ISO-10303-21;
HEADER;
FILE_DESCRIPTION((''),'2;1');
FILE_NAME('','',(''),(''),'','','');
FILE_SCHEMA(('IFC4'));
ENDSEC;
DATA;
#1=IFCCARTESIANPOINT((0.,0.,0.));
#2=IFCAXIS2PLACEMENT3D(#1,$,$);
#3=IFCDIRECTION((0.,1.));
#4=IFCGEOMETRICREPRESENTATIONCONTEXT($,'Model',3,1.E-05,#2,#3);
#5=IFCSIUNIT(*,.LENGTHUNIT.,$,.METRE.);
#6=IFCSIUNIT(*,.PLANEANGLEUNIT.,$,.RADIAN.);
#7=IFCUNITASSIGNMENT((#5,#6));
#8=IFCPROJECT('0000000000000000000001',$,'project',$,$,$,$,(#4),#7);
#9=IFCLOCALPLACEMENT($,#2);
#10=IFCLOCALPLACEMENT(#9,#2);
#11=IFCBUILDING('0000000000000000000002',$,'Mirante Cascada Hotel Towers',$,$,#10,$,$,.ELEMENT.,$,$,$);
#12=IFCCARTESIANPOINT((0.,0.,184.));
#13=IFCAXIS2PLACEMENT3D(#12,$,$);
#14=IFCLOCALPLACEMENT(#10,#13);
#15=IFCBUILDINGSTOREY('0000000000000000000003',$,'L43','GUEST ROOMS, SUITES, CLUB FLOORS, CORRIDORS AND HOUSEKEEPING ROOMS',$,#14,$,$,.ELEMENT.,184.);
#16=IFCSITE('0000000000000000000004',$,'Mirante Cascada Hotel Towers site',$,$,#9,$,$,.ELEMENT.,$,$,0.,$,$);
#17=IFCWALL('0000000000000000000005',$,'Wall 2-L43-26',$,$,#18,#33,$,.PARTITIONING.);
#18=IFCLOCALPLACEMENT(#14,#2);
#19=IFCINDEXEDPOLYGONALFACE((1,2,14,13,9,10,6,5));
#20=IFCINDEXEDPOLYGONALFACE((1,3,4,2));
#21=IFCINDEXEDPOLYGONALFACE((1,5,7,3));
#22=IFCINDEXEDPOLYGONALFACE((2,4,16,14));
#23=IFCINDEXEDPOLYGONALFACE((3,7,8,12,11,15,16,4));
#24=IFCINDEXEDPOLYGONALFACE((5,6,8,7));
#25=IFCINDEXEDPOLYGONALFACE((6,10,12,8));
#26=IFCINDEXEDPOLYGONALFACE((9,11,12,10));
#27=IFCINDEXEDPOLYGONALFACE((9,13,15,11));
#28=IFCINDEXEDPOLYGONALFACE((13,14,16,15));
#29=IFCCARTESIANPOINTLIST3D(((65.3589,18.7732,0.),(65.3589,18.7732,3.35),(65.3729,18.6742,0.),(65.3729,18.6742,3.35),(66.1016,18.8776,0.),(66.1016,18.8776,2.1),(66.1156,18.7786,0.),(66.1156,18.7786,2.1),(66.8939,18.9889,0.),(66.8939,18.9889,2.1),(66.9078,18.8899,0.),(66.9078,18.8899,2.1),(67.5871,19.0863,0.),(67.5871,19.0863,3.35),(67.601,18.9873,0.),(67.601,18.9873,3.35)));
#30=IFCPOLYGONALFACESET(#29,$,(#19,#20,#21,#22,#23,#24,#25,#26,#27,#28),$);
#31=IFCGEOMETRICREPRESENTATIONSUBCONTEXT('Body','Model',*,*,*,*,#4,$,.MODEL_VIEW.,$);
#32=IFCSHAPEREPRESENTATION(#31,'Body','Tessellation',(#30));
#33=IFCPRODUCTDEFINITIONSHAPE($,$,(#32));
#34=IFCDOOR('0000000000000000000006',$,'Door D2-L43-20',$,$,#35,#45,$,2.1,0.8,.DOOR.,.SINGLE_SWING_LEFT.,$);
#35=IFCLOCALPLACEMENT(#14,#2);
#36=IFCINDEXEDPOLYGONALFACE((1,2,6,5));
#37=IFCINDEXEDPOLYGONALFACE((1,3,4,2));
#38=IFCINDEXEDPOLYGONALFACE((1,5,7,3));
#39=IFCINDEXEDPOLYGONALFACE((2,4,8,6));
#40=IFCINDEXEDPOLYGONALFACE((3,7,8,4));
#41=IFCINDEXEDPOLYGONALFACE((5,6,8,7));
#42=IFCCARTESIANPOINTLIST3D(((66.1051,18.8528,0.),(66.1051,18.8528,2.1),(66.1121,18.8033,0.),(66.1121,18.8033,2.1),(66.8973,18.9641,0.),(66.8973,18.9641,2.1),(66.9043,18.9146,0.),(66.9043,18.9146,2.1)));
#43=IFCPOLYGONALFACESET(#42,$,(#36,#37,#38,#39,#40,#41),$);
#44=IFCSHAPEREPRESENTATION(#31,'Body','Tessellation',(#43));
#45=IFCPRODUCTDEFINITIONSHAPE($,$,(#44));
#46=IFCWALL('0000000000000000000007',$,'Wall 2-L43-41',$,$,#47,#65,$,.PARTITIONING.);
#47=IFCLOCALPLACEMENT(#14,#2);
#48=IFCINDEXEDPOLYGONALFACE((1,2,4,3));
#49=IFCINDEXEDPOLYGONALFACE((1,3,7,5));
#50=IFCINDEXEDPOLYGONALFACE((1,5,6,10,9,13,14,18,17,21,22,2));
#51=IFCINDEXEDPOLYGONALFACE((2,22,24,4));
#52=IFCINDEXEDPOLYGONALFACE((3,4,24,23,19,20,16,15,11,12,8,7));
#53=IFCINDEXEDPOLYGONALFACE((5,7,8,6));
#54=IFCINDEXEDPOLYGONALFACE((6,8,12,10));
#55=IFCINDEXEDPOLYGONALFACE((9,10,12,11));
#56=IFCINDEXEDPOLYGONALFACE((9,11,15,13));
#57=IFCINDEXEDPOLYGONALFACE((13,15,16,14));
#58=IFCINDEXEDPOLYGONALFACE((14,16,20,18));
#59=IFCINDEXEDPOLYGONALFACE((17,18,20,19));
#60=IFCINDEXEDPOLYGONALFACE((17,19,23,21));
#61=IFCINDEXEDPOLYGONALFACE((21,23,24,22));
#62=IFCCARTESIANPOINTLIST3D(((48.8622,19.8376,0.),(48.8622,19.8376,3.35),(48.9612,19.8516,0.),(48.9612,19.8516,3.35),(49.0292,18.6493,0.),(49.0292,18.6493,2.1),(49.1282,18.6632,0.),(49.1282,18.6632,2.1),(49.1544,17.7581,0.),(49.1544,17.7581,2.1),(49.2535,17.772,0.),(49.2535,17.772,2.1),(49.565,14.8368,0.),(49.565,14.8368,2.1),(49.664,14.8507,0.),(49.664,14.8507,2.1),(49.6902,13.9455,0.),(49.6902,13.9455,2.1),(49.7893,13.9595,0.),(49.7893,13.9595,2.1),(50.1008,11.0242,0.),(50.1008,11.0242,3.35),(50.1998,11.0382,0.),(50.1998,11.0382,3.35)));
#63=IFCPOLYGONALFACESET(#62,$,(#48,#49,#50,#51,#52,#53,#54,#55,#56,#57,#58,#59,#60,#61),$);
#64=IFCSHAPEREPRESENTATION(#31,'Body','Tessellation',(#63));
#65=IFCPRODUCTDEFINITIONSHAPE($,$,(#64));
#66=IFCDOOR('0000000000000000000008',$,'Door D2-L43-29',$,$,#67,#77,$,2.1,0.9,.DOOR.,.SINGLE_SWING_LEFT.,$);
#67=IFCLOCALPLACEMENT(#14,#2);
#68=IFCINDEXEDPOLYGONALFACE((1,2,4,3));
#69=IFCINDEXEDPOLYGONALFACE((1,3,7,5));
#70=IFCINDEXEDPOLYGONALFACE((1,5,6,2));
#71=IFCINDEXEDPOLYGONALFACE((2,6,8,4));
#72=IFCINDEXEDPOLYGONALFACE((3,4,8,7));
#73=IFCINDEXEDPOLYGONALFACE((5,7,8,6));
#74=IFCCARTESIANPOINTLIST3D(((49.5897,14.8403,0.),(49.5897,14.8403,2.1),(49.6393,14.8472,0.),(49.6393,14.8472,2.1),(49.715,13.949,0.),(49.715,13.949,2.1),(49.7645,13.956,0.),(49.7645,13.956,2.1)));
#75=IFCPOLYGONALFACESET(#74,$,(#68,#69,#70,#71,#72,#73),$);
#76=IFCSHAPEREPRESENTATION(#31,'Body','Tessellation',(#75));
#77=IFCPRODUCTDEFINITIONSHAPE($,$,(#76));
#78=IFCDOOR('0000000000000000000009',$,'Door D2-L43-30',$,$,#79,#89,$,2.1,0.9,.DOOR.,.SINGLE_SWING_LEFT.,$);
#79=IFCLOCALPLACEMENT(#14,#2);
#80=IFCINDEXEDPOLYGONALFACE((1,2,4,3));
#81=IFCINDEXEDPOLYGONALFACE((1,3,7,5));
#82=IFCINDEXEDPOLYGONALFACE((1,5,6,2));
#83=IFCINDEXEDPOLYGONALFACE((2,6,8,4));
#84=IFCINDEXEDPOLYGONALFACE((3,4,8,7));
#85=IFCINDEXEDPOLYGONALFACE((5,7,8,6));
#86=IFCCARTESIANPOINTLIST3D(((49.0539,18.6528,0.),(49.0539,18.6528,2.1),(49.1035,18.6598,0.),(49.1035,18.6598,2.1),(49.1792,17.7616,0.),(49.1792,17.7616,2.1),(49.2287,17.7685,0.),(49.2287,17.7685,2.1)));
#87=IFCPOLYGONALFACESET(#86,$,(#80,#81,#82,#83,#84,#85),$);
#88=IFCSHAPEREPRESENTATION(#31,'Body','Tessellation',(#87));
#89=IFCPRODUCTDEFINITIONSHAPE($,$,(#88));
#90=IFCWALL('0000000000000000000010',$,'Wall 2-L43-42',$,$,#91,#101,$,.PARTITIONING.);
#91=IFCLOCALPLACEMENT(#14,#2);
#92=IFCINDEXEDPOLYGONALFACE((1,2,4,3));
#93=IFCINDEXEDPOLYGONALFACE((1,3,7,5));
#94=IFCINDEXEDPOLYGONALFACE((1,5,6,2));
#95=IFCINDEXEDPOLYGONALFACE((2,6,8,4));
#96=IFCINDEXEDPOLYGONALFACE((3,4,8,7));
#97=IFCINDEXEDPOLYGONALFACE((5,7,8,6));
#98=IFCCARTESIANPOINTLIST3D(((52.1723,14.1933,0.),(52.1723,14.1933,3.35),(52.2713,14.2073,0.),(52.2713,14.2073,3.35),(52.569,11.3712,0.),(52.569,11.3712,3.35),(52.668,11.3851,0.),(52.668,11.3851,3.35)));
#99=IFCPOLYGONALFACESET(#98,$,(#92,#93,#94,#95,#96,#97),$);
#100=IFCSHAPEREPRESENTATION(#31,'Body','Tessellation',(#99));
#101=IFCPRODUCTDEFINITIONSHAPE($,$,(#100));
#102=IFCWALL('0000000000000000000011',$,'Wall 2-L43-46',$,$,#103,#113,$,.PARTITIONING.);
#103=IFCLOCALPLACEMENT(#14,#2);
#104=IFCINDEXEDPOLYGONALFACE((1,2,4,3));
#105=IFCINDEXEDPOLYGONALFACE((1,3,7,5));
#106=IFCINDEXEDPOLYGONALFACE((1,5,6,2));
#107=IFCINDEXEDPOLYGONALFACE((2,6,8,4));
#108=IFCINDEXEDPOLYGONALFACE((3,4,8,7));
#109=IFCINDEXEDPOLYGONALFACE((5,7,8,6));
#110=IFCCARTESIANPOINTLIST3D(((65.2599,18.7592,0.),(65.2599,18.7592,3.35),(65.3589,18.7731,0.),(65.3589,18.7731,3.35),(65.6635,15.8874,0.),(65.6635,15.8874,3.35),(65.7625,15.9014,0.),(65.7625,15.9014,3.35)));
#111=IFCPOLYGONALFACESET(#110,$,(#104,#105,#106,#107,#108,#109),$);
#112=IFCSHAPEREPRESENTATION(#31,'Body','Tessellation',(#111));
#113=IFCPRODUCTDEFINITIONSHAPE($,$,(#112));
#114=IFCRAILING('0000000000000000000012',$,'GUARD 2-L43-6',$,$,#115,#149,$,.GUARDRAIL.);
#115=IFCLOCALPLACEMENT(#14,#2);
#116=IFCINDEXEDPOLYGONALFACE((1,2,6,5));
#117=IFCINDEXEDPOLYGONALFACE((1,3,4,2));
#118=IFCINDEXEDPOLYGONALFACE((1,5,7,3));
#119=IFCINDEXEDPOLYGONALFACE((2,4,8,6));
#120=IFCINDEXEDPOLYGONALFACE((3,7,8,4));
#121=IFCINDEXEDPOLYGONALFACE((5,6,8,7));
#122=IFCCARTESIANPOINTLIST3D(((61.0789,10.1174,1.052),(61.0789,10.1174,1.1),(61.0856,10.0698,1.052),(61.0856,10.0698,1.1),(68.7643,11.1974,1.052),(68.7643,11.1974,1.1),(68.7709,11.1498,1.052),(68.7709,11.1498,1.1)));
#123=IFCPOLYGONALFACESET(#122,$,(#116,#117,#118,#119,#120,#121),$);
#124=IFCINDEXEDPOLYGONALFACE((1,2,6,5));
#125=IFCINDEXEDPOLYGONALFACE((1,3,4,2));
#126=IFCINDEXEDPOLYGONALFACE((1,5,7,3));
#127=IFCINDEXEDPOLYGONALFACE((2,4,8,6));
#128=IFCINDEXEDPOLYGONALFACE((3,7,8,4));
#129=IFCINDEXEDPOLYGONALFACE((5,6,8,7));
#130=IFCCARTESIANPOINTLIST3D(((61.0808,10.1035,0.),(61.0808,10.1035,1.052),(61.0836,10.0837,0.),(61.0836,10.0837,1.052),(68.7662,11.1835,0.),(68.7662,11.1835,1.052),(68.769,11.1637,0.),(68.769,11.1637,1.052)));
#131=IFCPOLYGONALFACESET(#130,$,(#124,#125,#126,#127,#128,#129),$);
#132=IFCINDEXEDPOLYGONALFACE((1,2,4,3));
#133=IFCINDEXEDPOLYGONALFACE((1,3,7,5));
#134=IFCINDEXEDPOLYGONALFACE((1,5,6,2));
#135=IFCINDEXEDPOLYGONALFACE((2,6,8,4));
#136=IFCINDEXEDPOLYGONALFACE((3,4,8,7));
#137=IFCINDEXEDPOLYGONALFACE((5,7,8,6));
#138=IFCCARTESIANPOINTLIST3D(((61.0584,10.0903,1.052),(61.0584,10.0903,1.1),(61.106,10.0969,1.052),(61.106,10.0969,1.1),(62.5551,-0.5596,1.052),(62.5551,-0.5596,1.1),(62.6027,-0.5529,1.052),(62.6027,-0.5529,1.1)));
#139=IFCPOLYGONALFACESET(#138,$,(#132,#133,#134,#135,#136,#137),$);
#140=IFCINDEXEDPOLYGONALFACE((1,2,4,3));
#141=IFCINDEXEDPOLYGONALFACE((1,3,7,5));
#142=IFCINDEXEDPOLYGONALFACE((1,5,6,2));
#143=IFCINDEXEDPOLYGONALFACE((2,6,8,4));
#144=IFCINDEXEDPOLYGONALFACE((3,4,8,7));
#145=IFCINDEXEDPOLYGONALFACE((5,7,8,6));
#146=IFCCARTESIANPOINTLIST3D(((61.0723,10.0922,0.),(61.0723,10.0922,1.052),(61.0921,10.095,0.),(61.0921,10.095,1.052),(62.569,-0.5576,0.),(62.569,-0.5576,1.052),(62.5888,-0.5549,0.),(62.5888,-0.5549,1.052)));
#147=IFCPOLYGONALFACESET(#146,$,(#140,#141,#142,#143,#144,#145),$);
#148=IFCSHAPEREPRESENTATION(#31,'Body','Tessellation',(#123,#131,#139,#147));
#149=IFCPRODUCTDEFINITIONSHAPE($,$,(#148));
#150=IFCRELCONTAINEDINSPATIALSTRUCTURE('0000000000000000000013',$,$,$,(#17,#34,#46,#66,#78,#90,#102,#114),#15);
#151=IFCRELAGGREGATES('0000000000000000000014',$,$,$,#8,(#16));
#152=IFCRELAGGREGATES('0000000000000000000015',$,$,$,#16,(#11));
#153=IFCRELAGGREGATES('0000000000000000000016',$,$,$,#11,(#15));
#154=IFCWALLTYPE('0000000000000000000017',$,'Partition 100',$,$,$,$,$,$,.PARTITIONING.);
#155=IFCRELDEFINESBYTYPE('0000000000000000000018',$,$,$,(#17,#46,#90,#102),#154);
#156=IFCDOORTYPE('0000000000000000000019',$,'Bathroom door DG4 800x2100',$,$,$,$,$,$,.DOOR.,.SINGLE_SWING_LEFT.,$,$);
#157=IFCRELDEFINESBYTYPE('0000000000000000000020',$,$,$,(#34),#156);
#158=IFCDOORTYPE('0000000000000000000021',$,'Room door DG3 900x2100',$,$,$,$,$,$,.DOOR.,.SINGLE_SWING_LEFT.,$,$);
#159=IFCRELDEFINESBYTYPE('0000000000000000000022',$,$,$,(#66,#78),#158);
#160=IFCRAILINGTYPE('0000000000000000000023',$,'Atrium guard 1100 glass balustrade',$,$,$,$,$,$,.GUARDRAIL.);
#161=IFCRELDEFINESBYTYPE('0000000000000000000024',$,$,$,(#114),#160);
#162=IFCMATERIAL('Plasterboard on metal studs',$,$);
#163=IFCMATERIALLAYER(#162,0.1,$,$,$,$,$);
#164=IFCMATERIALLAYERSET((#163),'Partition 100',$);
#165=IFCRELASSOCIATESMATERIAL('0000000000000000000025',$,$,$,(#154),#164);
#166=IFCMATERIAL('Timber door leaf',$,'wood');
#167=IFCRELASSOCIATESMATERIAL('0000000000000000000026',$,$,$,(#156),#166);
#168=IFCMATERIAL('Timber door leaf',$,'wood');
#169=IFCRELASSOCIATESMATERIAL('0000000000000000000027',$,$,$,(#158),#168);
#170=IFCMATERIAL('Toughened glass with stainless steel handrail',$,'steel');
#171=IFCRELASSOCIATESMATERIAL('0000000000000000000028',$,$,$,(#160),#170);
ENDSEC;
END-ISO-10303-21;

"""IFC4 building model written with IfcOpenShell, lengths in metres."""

from ifc_helpers import new_model, si_unit, direction, frame, frame_2d, origin, origin_2d, place, context, subcontext, project, spatial, rectangle, extrude, material, layer, layer_set, type_object, element, fill, save


model = new_model("IFC4")

# Units and contexts
model_context = context("Model", 3, precision=1e-05, world=origin(), true_north=direction((0.0, 1.0)))
body_context = subcontext(model_context, "Body", "Model", "MODEL_VIEW")
ifc_project = project(units=[si_unit("LENGTHUNIT", "METRE"), si_unit("PLANEANGLEUNIT", "RADIAN")], contexts=[model_context])

# Site, building, storey
site_placement = place(None, origin())
site = spatial("IfcSite", under=ifc_project, at=site_placement, Name="Mirante Cascada Hotel Towers site", CompositionType="ELEMENT", RefElevation=0.0)
building_placement = place(site_placement, origin())
building = spatial("IfcBuilding", under=site, at=building_placement, Name="Mirante Cascada Hotel Towers", CompositionType="ELEMENT")
storey_placement = place(building_placement, frame((0.0, 0.0, 184.0)))
storey = spatial("IfcBuildingStorey", under=building, at=storey_placement, Name="L43", Description="GUEST ROOMS, SUITES, CLUB FLOORS, CORRIDORS AND HOUSEKEEPING ROOMS", CompositionType="ELEMENT", Elevation=184.0)

# Shared definitions
ifc_material_1 = material(Name="Plasterboard on metal studs")
ifc_layer_1 = layer(ifc_material_1, 0.1)
ifc_layer_set_1 = layer_set([ifc_layer_1], Name="Partition 100")
wall_type_1 = type_object("IfcWallType", Name="Partition 100", PredefinedType="PARTITIONING", material=ifc_layer_set_1)

# Shared definitions
ifc_material_2 = material(Name="Timber door leaf", Category="wood")
door_type_1 = type_object("IfcDoorType", Name="Bathroom door DG4 800x2100", OperationType="SINGLE_SWING_LEFT", PredefinedType="DOOR", material=ifc_material_2)

# Shared definitions
ifc_material_3 = material(Name="Timber door leaf", Category="wood")
door_type_2 = type_object("IfcDoorType", Name="Room door DG3 900x2100", OperationType="SINGLE_SWING_LEFT", PredefinedType="DOOR", material=ifc_material_3)

# Wall, opening, door
wall_1_placement = place(storey_placement, frame((65.3659, 18.7237, 0.0), z_axis=(0.0, 0.0, 1.0), x_axis=(0.990271, 0.139156, 0.0)))
wall_1 = element("IfcWall", 1, at=wall_1_placement, inside=storey, type_object=wall_type_1, Name="Wall 2-L43-26", PredefinedType="PARTITIONING", context=body_context, shape_type="SweptSolid", body=[
    extrude(rectangle(XDim=2.25, YDim=0.1, at=frame_2d((1.125, 0.0))), origin(), (0.0, 0.0, 1.0), 3.35),
])
opening_1_placement = place(wall_1_placement, frame((0.75, 0.0, 0.0)))
opening_1 = element("IfcOpeningElement", 2, at=opening_1_placement, cuts=wall_1, PredefinedType="OPENING", context=body_context, shape_type="SweptSolid", body=[
    extrude(rectangle(XDim=0.8, YDim=2.1, at=frame_2d((0.4, 1.05))), frame((0.0, 0.05, 0.0), z_axis=(0.0, -1.0, 0.0), x_axis=(1.0, 0.0, 0.0)), (0.0, 0.0, 1.0), 0.1),
])
door_1_placement = place(opening_1_placement, origin())
door_1 = element("IfcDoor", 3, at=door_1_placement, inside=storey, type_object=door_type_1, Name="Door D2-L43-20", OperationType="SINGLE_SWING_LEFT", OverallHeight=2.1, OverallWidth=0.8, PredefinedType="DOOR", context=body_context, shape_type="SweptSolid", body=[
    extrude(rectangle(XDim=0.8, YDim=2.1, at=frame_2d((0.4, 1.05))), frame((0.0, 0.025, 0.0), z_axis=(0.0, -1.0, 0.0), x_axis=(1.0, 0.0, 0.0)), (0.0, 0.0, 1.0), 0.05),
])
fill(opening_1, door_1)

# Wall, openings, doors
wall_2_placement = place(storey_placement, frame((48.9117, 19.8446, 0.0), z_axis=(0.0, 0.0, 1.0), x_axis=(0.139168, -0.990269, 0.0)))
wall_2 = element("IfcWall", 4, at=wall_2_placement, inside=storey, type_object=wall_type_1, Name="Wall 2-L43-41", PredefinedType="PARTITIONING", context=body_context, shape_type="SweptSolid", body=[
    extrude(rectangle(XDim=8.9, YDim=0.1, at=frame_2d((4.45, 0.0))), origin(), (0.0, 0.0, 1.0), 3.35),
])
opening_2_placement = place(wall_2_placement, frame((5.05, 0.0, 0.0)))
opening_2 = element("IfcOpeningElement", 5, at=opening_2_placement, cuts=wall_2, PredefinedType="OPENING", context=body_context, shape_type="SweptSolid", body=[
    extrude(rectangle(XDim=0.9, YDim=2.1, at=frame_2d((0.45, 1.05))), frame((0.0, 0.05, 0.0), z_axis=(0.0, -1.0, 0.0), x_axis=(1.0, 0.0, 0.0)), (0.0, 0.0, 1.0), 0.1),
])
opening_3_placement = place(wall_2_placement, frame((1.2, 0.0, 0.0)))
opening_3 = element("IfcOpeningElement", 6, at=opening_3_placement, cuts=wall_2, PredefinedType="OPENING", context=body_context, shape_type="SweptSolid", body=[
    extrude(rectangle(XDim=0.9, YDim=2.1, at=frame_2d((0.45, 1.05))), frame((0.0, 0.05, 0.0), z_axis=(0.0, -1.0, 0.0), x_axis=(1.0, 0.0, 0.0)), (0.0, 0.0, 1.0), 0.1),
])
door_2_placement = place(opening_2_placement, origin())
door_2 = element("IfcDoor", 7, at=door_2_placement, inside=storey, type_object=door_type_2, Name="Door D2-L43-29", OperationType="SINGLE_SWING_LEFT", OverallHeight=2.1, OverallWidth=0.9, PredefinedType="DOOR", context=body_context, shape_type="SweptSolid", body=[
    extrude(rectangle(XDim=0.9, YDim=2.1, at=frame_2d((0.45, 1.05))), frame((0.0, 0.025, 0.0), z_axis=(0.0, -1.0, 0.0), x_axis=(1.0, 0.0, 0.0)), (0.0, 0.0, 1.0), 0.05),
])
fill(opening_2, door_2)
door_3_placement = place(opening_3_placement, origin())
door_3 = element("IfcDoor", 8, at=door_3_placement, inside=storey, type_object=door_type_2, Name="Door D2-L43-30", OperationType="SINGLE_SWING_LEFT", OverallHeight=2.1, OverallWidth=0.9, PredefinedType="DOOR", context=body_context, shape_type="SweptSolid", body=[
    extrude(rectangle(XDim=0.9, YDim=2.1, at=frame_2d((0.45, 1.05))), frame((0.0, 0.025, 0.0), z_axis=(0.0, -1.0, 0.0), x_axis=(1.0, 0.0, 0.0)), (0.0, 0.0, 1.0), 0.05),
])
fill(opening_3, door_3)

# Walls
wall_3_placement = place(storey_placement, frame((52.6185, 11.3781, 0.0), z_axis=(0.0, 0.0, 1.0), x_axis=(-0.139196, 0.990265, 0.0)))
element("IfcWall", 9, at=wall_3_placement, inside=storey, type_object=wall_type_1, Name="Wall 2-L43-42", PredefinedType="PARTITIONING", context=body_context, shape_type="SweptSolid", body=[
    extrude(rectangle(XDim=2.8499, YDim=0.1, at=frame_2d((1.425, 0.0))), origin(), (0.0, 0.0, 1.0), 3.35),
])
wall_4_placement = place(storey_placement, frame((65.713, 15.8944, 0.0), z_axis=(0.0, 0.0, 1.0), x_axis=(-0.139171, 0.990268, 0.0)))
element("IfcWall", 10, at=wall_4_placement, inside=storey, type_object=wall_type_1, Name="Wall 2-L43-46", PredefinedType="PARTITIONING", context=body_context, shape_type="SweptSolid", body=[
    extrude(rectangle(XDim=2.9, YDim=0.1, at=frame_2d((1.45, 0.0))), origin(), (0.0, 0.0, 1.0), 3.35),
])

# Railing
ifc_material_4 = material(Name="Toughened glass with stainless steel handrail", Category="steel")
railing_type = type_object("IfcRailingType", Name="Atrium guard 1100 glass balustrade", PredefinedType="GUARDRAIL", material=ifc_material_4)
railing_placement = place(storey_placement, frame((68.7676, 11.1736, 0.0)))
element("IfcRailing", 11, at=railing_placement, inside=storey, type_object=railing_type, Name="GUARD 2-L43-6", PredefinedType="GUARDRAIL", context=body_context, shape_type="SweptSolid", body=[
    extrude(rectangle(XDim=0.048, YDim=0.048, at=origin_2d()), frame((0.0, 0.0, 1.076), z_axis=(-0.99027, -0.139159, 0.0), x_axis=(0.139159, -0.99027, 0.0)), (0.0, 0.0, 1.0), 7.7609),
    extrude(rectangle(XDim=0.02, YDim=1.052, at=origin_2d()), frame((0.0, 0.0, 0.526), z_axis=(-0.99027, -0.139159, 0.0), x_axis=(0.139159, -0.99027, 0.0)), (0.0, 0.0, 1.0), 7.7609),
    extrude(rectangle(XDim=0.048, YDim=0.048, at=origin_2d()), frame((-7.6854, -1.08, 1.076), z_axis=(0.13917, -0.990268, 0.0), x_axis=(0.990268, 0.13917, 0.0)), (0.0, 0.0, 1.0), 10.7545),
    extrude(rectangle(XDim=0.02, YDim=1.052, at=origin_2d()), frame((-7.6854, -1.08, 0.526), z_axis=(0.13917, -0.990268, 0.0), x_axis=(0.990268, 0.13917, 0.0)), (0.0, 0.0, 1.0), 10.7545),
])

save(model, "model.ifc")
